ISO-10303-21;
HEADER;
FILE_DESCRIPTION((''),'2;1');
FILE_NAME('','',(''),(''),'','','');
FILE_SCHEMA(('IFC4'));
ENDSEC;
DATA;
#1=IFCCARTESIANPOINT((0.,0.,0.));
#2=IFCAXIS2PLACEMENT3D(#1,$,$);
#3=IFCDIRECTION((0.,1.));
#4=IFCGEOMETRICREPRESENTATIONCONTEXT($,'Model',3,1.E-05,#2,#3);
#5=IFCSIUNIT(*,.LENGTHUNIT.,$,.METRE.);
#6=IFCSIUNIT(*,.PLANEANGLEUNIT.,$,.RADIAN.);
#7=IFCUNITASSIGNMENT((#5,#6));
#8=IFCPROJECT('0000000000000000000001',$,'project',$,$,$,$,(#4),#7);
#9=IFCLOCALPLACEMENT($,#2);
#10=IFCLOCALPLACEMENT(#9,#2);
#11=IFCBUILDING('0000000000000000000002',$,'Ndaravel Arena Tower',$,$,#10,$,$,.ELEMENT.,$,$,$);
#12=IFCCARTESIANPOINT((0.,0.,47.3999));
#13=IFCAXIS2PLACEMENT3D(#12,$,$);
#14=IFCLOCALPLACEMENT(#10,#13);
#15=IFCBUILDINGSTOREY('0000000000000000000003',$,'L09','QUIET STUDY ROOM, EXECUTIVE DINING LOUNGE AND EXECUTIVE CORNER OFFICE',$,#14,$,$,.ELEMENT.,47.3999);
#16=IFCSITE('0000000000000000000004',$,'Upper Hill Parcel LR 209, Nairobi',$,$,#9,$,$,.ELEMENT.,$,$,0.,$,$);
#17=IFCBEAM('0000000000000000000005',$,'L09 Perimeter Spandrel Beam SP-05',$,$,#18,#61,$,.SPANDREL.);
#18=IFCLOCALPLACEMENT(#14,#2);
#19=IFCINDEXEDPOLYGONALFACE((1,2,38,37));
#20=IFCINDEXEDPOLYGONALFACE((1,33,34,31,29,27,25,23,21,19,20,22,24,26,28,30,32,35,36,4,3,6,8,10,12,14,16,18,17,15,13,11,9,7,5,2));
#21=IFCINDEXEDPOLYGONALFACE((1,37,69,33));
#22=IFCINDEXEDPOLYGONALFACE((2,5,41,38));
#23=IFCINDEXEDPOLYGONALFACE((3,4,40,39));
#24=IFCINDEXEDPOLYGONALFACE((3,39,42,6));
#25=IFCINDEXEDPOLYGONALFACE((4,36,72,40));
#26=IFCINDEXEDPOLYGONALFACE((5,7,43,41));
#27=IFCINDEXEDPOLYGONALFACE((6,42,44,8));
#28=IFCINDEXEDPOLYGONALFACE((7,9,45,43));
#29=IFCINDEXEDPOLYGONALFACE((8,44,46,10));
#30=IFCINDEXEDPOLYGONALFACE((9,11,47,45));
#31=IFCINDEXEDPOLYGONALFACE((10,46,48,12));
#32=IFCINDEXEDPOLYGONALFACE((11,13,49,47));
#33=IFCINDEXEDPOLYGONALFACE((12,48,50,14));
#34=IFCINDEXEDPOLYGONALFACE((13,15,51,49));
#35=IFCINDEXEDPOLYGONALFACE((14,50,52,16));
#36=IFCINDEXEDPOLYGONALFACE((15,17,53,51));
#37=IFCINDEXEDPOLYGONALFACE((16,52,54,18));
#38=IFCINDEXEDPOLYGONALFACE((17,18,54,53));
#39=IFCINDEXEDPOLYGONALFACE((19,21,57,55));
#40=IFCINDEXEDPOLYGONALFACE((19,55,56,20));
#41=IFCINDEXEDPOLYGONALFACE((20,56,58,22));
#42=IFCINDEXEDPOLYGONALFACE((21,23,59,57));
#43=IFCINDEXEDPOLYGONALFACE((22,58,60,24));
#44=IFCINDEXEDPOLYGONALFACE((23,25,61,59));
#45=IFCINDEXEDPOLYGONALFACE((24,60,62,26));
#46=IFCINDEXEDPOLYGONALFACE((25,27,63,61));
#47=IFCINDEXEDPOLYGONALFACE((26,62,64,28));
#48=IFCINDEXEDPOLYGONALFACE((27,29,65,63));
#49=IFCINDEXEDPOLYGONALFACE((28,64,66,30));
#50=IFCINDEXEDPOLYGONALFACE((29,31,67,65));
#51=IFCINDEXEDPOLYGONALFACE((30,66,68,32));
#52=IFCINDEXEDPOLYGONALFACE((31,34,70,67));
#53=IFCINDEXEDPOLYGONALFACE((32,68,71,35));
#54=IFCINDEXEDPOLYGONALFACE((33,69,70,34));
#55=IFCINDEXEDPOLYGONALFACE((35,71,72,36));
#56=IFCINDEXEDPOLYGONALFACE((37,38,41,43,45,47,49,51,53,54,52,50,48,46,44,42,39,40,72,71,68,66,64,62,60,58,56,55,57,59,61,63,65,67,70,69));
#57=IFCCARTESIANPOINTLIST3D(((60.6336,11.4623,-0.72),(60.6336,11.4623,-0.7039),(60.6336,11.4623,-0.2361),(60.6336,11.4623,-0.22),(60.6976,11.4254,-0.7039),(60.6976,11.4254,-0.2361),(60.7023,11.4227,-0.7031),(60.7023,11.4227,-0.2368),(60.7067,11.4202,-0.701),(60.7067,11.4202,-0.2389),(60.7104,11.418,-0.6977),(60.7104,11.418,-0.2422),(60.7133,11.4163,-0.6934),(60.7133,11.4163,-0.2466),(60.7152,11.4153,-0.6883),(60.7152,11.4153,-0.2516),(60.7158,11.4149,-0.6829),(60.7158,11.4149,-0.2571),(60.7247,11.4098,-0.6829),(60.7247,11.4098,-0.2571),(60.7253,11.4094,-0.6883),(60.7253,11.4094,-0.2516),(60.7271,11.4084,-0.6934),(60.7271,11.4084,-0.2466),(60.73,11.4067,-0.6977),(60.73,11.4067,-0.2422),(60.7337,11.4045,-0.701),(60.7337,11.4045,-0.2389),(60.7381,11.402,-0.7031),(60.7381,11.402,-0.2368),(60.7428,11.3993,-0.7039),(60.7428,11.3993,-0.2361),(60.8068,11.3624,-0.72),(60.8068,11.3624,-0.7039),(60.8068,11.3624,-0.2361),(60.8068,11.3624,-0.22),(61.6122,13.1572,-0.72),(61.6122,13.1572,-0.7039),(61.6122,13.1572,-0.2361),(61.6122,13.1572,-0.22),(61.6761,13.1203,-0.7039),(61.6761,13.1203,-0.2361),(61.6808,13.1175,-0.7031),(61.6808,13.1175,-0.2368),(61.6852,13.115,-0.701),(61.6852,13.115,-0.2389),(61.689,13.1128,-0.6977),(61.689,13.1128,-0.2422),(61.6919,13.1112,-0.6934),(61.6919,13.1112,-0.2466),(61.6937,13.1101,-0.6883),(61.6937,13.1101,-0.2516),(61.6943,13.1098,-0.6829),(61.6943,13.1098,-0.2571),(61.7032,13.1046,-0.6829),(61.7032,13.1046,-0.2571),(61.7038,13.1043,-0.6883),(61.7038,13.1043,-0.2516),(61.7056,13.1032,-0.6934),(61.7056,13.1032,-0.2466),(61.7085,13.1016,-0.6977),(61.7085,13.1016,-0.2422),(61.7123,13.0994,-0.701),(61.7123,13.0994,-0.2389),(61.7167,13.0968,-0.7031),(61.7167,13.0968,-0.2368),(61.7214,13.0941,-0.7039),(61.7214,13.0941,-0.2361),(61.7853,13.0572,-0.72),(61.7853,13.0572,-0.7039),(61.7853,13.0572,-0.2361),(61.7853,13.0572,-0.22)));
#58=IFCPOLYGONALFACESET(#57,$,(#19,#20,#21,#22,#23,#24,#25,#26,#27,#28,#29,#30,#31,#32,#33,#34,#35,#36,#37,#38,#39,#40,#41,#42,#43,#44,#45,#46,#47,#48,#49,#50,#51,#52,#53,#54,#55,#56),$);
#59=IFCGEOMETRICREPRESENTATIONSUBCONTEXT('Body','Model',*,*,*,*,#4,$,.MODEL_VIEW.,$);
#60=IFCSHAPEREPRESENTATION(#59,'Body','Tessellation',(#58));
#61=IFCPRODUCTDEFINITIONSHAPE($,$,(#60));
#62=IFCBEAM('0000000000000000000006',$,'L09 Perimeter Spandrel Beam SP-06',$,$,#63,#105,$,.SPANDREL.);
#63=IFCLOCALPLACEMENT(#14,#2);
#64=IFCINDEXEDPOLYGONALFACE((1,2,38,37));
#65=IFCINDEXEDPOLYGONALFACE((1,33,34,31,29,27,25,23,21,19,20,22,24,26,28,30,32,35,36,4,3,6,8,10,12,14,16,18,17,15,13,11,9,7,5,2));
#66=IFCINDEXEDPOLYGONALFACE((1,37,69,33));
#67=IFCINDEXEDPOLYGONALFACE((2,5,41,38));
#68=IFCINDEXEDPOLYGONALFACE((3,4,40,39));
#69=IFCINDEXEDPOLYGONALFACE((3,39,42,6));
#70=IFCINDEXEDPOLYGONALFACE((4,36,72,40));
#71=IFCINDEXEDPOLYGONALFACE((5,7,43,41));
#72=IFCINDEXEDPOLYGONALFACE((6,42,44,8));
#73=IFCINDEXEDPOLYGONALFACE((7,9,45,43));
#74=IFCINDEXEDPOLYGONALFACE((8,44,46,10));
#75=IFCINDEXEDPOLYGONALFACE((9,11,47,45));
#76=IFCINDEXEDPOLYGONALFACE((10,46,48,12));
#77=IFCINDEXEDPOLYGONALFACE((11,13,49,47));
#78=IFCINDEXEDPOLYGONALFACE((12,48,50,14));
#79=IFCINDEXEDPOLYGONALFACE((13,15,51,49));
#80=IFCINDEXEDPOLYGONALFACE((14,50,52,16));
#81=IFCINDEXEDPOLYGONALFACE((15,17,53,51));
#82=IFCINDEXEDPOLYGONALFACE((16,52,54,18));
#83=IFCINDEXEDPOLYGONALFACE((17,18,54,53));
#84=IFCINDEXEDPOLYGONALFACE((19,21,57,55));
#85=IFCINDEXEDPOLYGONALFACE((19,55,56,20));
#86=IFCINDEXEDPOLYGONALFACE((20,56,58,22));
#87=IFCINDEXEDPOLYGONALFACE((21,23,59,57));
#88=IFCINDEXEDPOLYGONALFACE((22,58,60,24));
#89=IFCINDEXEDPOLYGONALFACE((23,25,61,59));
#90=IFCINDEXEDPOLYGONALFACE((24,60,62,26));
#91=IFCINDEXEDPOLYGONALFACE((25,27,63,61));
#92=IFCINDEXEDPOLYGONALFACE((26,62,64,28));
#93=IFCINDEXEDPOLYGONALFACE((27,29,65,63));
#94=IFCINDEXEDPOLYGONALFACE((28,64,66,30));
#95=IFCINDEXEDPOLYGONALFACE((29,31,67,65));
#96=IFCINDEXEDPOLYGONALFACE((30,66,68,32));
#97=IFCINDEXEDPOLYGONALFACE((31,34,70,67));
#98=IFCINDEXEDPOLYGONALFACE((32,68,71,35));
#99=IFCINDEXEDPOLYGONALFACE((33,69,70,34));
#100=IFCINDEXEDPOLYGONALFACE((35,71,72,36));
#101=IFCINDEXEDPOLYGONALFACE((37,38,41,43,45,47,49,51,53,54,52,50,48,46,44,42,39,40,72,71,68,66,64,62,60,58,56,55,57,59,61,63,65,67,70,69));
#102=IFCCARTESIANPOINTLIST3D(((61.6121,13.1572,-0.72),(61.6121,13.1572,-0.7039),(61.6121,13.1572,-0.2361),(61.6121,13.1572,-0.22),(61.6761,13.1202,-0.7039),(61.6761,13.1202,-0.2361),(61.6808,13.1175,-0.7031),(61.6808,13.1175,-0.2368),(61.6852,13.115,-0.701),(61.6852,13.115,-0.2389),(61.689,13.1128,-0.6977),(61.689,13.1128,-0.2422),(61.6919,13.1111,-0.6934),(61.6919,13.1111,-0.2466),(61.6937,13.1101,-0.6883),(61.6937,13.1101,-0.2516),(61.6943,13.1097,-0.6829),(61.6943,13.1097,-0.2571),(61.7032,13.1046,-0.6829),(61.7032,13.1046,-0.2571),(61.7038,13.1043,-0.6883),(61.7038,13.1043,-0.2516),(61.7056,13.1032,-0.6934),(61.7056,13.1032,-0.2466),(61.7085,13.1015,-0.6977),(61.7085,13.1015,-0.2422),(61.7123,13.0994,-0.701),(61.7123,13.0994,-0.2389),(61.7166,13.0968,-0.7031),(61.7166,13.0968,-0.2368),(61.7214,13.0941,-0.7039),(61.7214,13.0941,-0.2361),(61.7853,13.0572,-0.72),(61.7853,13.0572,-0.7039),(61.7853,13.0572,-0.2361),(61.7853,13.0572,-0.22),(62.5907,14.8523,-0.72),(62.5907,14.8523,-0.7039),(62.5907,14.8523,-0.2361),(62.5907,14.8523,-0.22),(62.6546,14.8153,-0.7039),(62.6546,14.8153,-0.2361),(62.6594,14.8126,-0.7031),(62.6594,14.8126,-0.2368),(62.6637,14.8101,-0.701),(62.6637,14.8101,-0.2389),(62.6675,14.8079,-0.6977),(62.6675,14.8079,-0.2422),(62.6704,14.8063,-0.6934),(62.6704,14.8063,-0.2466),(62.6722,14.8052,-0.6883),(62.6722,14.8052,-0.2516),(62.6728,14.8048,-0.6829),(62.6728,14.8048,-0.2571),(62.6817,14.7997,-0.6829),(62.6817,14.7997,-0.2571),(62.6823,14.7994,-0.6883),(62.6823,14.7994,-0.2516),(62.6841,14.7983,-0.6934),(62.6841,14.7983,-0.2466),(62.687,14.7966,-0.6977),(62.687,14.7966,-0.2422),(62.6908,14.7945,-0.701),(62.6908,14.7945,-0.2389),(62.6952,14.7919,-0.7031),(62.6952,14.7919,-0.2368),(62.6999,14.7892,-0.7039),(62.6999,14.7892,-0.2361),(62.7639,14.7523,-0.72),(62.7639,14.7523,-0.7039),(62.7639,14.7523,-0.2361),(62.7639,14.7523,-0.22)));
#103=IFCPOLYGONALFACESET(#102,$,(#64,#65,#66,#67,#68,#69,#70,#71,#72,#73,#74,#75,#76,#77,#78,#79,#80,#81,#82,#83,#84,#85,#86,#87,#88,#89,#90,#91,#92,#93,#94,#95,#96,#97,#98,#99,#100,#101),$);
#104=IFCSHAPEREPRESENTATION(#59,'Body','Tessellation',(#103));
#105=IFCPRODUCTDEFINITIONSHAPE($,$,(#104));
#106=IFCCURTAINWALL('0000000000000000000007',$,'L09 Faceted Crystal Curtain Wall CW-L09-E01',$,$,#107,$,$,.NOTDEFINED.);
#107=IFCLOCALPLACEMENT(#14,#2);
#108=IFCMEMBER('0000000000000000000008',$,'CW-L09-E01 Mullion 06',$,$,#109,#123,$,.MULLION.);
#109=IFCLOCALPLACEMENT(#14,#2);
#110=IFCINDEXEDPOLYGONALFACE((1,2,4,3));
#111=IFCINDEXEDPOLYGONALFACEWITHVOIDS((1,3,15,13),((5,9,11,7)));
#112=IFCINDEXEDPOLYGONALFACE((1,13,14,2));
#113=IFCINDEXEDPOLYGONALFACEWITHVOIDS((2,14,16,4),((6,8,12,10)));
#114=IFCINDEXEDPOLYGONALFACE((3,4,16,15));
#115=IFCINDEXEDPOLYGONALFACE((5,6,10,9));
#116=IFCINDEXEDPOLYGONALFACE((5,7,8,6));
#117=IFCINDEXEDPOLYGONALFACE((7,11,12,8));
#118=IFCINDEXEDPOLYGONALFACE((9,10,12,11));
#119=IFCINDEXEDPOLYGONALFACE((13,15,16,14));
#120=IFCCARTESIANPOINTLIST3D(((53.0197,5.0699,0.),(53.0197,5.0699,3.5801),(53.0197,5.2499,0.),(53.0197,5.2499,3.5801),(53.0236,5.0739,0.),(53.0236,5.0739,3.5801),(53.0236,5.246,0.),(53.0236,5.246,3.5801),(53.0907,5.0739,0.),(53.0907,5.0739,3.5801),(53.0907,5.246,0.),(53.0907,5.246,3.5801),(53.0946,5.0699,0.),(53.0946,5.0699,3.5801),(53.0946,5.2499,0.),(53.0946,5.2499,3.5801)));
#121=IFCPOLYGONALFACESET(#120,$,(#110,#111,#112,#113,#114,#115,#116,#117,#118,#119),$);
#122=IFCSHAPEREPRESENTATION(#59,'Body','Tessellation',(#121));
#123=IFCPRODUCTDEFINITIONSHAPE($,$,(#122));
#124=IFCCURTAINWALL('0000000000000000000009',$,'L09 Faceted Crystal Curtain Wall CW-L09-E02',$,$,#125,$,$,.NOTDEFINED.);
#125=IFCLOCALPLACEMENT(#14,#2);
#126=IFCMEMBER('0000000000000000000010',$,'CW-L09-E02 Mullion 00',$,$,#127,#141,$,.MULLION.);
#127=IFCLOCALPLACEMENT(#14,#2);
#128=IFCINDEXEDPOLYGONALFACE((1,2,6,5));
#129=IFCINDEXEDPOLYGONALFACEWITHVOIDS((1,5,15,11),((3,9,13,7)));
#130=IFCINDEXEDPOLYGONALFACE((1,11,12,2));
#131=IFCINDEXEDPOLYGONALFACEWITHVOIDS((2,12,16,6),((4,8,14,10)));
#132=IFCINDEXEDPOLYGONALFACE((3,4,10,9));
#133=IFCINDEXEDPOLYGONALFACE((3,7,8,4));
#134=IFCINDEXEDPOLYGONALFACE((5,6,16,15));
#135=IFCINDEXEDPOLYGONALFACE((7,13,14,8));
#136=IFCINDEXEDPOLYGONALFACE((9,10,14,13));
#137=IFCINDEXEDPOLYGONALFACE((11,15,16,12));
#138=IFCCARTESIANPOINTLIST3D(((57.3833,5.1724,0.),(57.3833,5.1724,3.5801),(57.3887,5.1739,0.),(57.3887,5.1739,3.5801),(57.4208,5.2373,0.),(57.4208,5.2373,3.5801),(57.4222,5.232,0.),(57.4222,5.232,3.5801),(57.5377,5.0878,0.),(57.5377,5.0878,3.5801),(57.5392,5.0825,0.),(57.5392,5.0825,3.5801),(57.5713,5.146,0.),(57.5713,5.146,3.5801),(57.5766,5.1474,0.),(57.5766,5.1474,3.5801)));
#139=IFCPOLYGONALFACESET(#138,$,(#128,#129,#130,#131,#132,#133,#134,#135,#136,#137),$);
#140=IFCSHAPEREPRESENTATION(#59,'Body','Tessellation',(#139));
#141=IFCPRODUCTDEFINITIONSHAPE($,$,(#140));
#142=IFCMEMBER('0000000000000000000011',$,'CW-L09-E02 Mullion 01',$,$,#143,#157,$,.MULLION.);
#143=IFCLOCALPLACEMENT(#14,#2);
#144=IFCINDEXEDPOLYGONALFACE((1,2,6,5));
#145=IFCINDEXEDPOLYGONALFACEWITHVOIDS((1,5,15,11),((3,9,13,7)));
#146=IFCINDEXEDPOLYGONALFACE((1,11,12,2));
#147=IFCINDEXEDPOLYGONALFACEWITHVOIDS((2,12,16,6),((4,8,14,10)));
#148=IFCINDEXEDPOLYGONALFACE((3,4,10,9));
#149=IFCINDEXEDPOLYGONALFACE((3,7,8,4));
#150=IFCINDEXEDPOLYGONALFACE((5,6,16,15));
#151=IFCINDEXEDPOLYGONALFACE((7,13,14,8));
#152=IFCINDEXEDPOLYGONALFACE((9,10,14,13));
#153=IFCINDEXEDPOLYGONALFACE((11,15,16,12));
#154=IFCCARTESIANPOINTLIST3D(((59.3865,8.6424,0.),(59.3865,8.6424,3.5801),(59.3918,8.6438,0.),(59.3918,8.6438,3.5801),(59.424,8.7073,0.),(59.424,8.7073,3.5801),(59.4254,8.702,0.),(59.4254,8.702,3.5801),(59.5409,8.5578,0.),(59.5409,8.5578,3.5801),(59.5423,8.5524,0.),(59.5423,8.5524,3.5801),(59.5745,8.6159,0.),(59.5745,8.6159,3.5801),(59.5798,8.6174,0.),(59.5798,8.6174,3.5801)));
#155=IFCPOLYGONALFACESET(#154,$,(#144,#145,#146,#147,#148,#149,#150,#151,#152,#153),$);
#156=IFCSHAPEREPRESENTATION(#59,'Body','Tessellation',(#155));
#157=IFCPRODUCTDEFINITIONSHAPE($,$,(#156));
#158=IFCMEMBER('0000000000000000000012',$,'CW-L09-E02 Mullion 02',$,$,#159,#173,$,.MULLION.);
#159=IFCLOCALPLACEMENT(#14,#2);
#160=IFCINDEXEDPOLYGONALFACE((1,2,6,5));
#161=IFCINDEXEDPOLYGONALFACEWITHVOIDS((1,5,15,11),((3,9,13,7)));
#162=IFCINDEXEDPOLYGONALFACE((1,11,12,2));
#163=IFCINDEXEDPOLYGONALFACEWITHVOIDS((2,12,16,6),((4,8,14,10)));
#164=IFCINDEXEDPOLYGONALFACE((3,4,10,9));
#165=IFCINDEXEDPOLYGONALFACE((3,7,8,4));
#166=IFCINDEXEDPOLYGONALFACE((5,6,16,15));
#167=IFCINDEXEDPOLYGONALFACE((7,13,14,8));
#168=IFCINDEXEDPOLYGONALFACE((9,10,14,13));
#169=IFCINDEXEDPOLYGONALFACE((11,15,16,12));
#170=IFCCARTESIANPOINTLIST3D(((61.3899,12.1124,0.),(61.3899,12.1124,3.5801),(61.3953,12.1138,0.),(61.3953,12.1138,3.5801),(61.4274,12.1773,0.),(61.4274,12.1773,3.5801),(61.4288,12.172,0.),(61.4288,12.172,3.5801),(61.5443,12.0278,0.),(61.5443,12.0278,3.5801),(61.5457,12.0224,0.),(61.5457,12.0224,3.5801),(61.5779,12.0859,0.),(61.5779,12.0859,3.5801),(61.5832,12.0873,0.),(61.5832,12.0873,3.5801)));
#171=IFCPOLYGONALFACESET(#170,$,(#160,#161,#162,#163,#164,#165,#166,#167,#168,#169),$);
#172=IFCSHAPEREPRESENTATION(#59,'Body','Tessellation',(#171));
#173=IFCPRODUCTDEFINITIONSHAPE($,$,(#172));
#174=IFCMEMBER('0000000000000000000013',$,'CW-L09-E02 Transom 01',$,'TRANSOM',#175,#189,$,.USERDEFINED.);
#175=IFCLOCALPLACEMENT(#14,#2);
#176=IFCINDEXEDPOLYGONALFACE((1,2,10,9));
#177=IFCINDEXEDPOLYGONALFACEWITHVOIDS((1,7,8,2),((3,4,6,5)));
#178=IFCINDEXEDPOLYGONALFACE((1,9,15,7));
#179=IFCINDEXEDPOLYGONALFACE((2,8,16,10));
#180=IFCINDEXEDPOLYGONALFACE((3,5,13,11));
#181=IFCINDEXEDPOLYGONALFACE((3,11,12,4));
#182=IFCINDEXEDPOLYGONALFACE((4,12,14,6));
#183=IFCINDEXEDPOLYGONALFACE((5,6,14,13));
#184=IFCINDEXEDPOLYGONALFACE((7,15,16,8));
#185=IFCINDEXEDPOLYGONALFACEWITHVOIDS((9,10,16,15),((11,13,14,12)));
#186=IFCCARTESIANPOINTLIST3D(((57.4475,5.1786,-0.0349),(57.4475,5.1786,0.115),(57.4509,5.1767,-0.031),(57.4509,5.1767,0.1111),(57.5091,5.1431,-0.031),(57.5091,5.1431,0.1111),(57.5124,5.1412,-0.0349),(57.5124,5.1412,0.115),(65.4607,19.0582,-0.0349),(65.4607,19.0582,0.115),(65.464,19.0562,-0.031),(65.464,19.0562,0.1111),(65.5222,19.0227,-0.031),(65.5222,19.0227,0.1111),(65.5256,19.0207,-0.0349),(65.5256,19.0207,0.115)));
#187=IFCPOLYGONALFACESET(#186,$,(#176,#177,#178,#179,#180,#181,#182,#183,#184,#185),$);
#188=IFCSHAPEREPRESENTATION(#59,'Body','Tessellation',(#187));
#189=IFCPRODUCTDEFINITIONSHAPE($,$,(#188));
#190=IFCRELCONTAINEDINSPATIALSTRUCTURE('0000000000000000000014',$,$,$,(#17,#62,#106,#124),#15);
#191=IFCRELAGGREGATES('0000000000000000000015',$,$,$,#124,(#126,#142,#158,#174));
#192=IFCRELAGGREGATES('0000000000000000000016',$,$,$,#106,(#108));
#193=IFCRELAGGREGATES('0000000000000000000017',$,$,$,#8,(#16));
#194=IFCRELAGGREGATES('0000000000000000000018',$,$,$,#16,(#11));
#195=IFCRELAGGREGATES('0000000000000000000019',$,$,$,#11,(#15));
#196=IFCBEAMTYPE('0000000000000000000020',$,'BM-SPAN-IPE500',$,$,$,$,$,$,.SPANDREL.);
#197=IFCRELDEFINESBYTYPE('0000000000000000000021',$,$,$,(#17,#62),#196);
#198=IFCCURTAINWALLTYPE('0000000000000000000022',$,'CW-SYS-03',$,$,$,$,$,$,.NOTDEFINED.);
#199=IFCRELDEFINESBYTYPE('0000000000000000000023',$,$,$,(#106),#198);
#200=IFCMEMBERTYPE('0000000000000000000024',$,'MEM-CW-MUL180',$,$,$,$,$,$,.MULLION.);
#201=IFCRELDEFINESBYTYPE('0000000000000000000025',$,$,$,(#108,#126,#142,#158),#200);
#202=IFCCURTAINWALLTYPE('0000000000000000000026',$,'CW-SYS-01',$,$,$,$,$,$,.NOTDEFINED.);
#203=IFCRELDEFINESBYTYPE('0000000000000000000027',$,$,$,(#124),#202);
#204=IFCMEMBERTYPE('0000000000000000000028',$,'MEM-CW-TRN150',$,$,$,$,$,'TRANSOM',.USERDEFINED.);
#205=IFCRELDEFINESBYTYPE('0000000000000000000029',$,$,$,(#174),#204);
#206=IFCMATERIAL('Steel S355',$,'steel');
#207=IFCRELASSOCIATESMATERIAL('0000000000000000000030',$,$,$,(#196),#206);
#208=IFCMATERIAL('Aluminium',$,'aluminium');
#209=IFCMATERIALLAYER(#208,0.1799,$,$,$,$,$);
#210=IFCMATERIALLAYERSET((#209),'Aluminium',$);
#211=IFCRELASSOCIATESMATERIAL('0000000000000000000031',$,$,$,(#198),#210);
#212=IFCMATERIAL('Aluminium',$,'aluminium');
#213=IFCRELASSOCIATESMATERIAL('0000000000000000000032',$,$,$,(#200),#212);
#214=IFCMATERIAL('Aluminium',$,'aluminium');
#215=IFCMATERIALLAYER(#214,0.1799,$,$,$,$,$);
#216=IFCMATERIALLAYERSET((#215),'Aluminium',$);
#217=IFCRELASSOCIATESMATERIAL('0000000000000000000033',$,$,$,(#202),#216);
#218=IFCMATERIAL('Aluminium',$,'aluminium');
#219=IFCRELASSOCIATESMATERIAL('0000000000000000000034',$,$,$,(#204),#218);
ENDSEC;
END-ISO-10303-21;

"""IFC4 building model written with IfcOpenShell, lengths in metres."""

from ifc_helpers import new_model, si_unit, direction, frame, origin, origin_2d, place, context, subcontext, project, spatial, hollow_rectangle, i_section, extrude, material, layer, layer_set, material_profile, profile_set, type_object, element, aggregate, save


model = new_model("IFC4")

# Units and contexts
model_context = context("Model", 3, precision=1e-05, world=origin(), true_north=direction((0.0, 1.0)))
body_context = subcontext(model_context, "Body", "Model", "MODEL_VIEW")
ifc_project = project(units=[si_unit("LENGTHUNIT", "METRE"), si_unit("PLANEANGLEUNIT", "RADIAN")], contexts=[model_context])

# Site, building, storey
site_placement = place(None, origin())
site = spatial("IfcSite", under=ifc_project, at=site_placement, Name="Upper Hill Parcel LR 209, Nairobi", CompositionType="ELEMENT", RefElevation=0.0)
building_placement = place(site_placement, origin())
building = spatial("IfcBuilding", under=site, at=building_placement, Name="Ndaravel Arena Tower", CompositionType="ELEMENT")
storey_placement = place(building_placement, frame((0.0, 0.0, 47.3999)))
storey = spatial("IfcBuildingStorey", under=building, at=storey_placement, Name="L09", Description="QUIET STUDY ROOM, EXECUTIVE DINING LOUNGE AND EXECUTIVE CORNER OFFICE", CompositionType="ELEMENT", Elevation=47.3999)

# Beams
ifc_material_1 = material(Name="Steel S355", Category="steel")
ifc_material_profile_1 = material_profile(ifc_material_1, i_section(OverallWidth=0.2, OverallDepth=0.5, WebThickness=0.0103, FlangeThickness=0.0161, FilletRadius=0.021, at=origin_2d()), Name="IPE 500")
ifc_profile_set_1 = profile_set([ifc_material_profile_1], Name="Steel S355")
beam_type = type_object("IfcBeamType", Name="BM-SPAN-IPE500", PredefinedType="SPANDREL", material=ifc_profile_set_1)
beam_1_placement = place(storey_placement, frame((60.7202, 11.4124, -0.47), z_axis=(0.500003, 0.866024, 0.0), x_axis=(-0.866024, 0.500003, 0.0)))
element("IfcBeam", 1, at=beam_1_placement, inside=storey, type_object=beam_type, Name="L09 Perimeter Spandrel Beam SP-05", PredefinedType="SPANDREL", context=body_context, shape_type="SweptSolid", body=[
    extrude(i_section(OverallWidth=0.2, OverallDepth=0.5, WebThickness=0.0103, FlangeThickness=0.0161, FilletRadius=0.021, at=origin_2d()), origin(), (0.0, 0.0, 1.0), 1.957),
])
beam_2_placement = place(storey_placement, frame((61.6987, 13.1072, -0.47), z_axis=(0.499949, 0.866055, 0.0), x_axis=(-0.866055, 0.499949, 0.0)))
element("IfcBeam", 2, at=beam_2_placement, inside=storey, type_object=beam_type, Name="L09 Perimeter Spandrel Beam SP-06", PredefinedType="SPANDREL", context=body_context, shape_type="SweptSolid", body=[
    extrude(i_section(OverallWidth=0.2, OverallDepth=0.5, WebThickness=0.0103, FlangeThickness=0.0161, FilletRadius=0.021, at=origin_2d()), origin(), (0.0, 0.0, 1.0), 1.9573),
])

# Curtain wall, member
ifc_material_2 = material(Name="Aluminium", Category="aluminium")
ifc_layer_1 = layer(ifc_material_2, 0.1799)
ifc_layer_set_1 = layer_set([ifc_layer_1], Name="Aluminium")
curtain_wall_type_1 = type_object("IfcCurtainWallType", Name="CW-SYS-03", PredefinedType="NOTDEFINED", material=ifc_layer_set_1)
curtain_wall_1_placement = place(storey_placement, origin())
curtain_wall_1 = element("IfcCurtainWall", 3, at=curtain_wall_1_placement, inside=storey, type_object=curtain_wall_type_1, Name="L09 Faceted Crystal Curtain Wall CW-L09-E01", PredefinedType="NOTDEFINED")
ifc_material_3 = material(Name="Aluminium", Category="aluminium")
ifc_material_profile_2 = material_profile(ifc_material_3, hollow_rectangle(XDim=0.075, YDim=0.1799, WallThickness=0.0039, at=origin_2d()), Name="CW MULLION 75x180x4")
ifc_profile_set_2 = profile_set([ifc_material_profile_2], Name="Aluminium")
member_type_1 = type_object("IfcMemberType", Name="MEM-CW-MUL180", PredefinedType="MULLION", material=ifc_profile_set_2)
member_1_placement = place(storey_placement, frame((53.0571, 5.1599, 0.0), z_axis=(0.0, 0.0, 1.0), x_axis=(1.0, 0.0, 0.0)))
member_1 = element("IfcMember", 4, at=member_1_placement, type_object=member_type_1, Name="CW-L09-E01 Mullion 06", PredefinedType="MULLION", context=body_context, shape_type="SweptSolid", body=[
    extrude(hollow_rectangle(XDim=0.075, YDim=0.1799, WallThickness=0.0039, at=origin_2d()), origin(), (0.0, 0.0, 1.0), 3.5801),
])

# Curtain wall, members
ifc_material_4 = material(Name="Aluminium", Category="aluminium")
ifc_layer_2 = layer(ifc_material_4, 0.1799)
ifc_layer_set_2 = layer_set([ifc_layer_2], Name="Aluminium")
curtain_wall_type_2 = type_object("IfcCurtainWallType", Name="CW-SYS-01", PredefinedType="NOTDEFINED", material=ifc_layer_set_2)
curtain_wall_2_placement = place(storey_placement, origin())
curtain_wall_2 = element("IfcCurtainWall", 5, at=curtain_wall_2_placement, inside=storey, type_object=curtain_wall_type_2, Name="L09 Faceted Crystal Curtain Wall CW-L09-E02", PredefinedType="NOTDEFINED")
member_2_placement = place(storey_placement, frame((57.48, 5.1599, 0.0), z_axis=(0.0, 0.0, 1.0), x_axis=(0.5, 0.866025, 0.0)))
member_2 = element("IfcMember", 6, at=member_2_placement, type_object=member_type_1, Name="CW-L09-E02 Mullion 00", PredefinedType="MULLION", context=body_context, shape_type="SweptSolid", body=[
    extrude(hollow_rectangle(XDim=0.075, YDim=0.1799, WallThickness=0.0039, at=origin_2d()), origin(), (0.0, 0.0, 1.0), 3.5801),
])
member_3_placement = place(storey_placement, frame((59.4832, 8.6299, 0.0), z_axis=(0.0, 0.0, 1.0), x_axis=(0.5, 0.866025, 0.0)))
member_3 = element("IfcMember", 7, at=member_3_placement, type_object=member_type_1, Name="CW-L09-E02 Mullion 01", PredefinedType="MULLION", context=body_context, shape_type="SweptSolid", body=[
    extrude(hollow_rectangle(XDim=0.075, YDim=0.1799, WallThickness=0.0039, at=origin_2d()), origin(), (0.0, 0.0, 1.0), 3.5801),
])
member_4_placement = place(storey_placement, frame((61.4866, 12.0999, 0.0), z_axis=(0.0, 0.0, 1.0), x_axis=(0.5, 0.866025, 0.0)))
member_4 = element("IfcMember", 8, at=member_4_placement, type_object=member_type_1, Name="CW-L09-E02 Mullion 02", PredefinedType="MULLION", context=body_context, shape_type="SweptSolid", body=[
    extrude(hollow_rectangle(XDim=0.075, YDim=0.1799, WallThickness=0.0039, at=origin_2d()), origin(), (0.0, 0.0, 1.0), 3.5801),
])
ifc_material_5 = material(Name="Aluminium", Category="aluminium")
ifc_material_profile_3 = material_profile(ifc_material_5, hollow_rectangle(XDim=0.075, YDim=0.1499, WallThickness=0.0039, at=origin_2d()), Name="CW TRANSOM 75x150x4")
ifc_profile_set_3 = profile_set([ifc_material_profile_3], Name="Aluminium")
member_type_2 = type_object("IfcMemberType", Name="MEM-CW-TRN150", ElementType="TRANSOM", PredefinedType="USERDEFINED", material=ifc_profile_set_3)
member_5_placement = place(storey_placement, frame((57.48, 5.1599, 0.04), z_axis=(0.499989, 0.866032, 0.0), x_axis=(-0.866032, 0.499989, 0.0)))
member_5 = element("IfcMember", 9, at=member_5_placement, type_object=member_type_2, Name="CW-L09-E02 Transom 01", ObjectType="TRANSOM", PredefinedType="USERDEFINED", context=body_context, shape_type="SweptSolid", body=[
    extrude(hollow_rectangle(XDim=0.075, YDim=0.1499, WallThickness=0.0039, at=origin_2d()), origin(), (0.0, 0.0, 1.0), 16.0266),
])
aggregate(curtain_wall_2, [member_2, member_3, member_4, member_5])

aggregate(curtain_wall_1, [member_1])

save(model, "model.ifc")
